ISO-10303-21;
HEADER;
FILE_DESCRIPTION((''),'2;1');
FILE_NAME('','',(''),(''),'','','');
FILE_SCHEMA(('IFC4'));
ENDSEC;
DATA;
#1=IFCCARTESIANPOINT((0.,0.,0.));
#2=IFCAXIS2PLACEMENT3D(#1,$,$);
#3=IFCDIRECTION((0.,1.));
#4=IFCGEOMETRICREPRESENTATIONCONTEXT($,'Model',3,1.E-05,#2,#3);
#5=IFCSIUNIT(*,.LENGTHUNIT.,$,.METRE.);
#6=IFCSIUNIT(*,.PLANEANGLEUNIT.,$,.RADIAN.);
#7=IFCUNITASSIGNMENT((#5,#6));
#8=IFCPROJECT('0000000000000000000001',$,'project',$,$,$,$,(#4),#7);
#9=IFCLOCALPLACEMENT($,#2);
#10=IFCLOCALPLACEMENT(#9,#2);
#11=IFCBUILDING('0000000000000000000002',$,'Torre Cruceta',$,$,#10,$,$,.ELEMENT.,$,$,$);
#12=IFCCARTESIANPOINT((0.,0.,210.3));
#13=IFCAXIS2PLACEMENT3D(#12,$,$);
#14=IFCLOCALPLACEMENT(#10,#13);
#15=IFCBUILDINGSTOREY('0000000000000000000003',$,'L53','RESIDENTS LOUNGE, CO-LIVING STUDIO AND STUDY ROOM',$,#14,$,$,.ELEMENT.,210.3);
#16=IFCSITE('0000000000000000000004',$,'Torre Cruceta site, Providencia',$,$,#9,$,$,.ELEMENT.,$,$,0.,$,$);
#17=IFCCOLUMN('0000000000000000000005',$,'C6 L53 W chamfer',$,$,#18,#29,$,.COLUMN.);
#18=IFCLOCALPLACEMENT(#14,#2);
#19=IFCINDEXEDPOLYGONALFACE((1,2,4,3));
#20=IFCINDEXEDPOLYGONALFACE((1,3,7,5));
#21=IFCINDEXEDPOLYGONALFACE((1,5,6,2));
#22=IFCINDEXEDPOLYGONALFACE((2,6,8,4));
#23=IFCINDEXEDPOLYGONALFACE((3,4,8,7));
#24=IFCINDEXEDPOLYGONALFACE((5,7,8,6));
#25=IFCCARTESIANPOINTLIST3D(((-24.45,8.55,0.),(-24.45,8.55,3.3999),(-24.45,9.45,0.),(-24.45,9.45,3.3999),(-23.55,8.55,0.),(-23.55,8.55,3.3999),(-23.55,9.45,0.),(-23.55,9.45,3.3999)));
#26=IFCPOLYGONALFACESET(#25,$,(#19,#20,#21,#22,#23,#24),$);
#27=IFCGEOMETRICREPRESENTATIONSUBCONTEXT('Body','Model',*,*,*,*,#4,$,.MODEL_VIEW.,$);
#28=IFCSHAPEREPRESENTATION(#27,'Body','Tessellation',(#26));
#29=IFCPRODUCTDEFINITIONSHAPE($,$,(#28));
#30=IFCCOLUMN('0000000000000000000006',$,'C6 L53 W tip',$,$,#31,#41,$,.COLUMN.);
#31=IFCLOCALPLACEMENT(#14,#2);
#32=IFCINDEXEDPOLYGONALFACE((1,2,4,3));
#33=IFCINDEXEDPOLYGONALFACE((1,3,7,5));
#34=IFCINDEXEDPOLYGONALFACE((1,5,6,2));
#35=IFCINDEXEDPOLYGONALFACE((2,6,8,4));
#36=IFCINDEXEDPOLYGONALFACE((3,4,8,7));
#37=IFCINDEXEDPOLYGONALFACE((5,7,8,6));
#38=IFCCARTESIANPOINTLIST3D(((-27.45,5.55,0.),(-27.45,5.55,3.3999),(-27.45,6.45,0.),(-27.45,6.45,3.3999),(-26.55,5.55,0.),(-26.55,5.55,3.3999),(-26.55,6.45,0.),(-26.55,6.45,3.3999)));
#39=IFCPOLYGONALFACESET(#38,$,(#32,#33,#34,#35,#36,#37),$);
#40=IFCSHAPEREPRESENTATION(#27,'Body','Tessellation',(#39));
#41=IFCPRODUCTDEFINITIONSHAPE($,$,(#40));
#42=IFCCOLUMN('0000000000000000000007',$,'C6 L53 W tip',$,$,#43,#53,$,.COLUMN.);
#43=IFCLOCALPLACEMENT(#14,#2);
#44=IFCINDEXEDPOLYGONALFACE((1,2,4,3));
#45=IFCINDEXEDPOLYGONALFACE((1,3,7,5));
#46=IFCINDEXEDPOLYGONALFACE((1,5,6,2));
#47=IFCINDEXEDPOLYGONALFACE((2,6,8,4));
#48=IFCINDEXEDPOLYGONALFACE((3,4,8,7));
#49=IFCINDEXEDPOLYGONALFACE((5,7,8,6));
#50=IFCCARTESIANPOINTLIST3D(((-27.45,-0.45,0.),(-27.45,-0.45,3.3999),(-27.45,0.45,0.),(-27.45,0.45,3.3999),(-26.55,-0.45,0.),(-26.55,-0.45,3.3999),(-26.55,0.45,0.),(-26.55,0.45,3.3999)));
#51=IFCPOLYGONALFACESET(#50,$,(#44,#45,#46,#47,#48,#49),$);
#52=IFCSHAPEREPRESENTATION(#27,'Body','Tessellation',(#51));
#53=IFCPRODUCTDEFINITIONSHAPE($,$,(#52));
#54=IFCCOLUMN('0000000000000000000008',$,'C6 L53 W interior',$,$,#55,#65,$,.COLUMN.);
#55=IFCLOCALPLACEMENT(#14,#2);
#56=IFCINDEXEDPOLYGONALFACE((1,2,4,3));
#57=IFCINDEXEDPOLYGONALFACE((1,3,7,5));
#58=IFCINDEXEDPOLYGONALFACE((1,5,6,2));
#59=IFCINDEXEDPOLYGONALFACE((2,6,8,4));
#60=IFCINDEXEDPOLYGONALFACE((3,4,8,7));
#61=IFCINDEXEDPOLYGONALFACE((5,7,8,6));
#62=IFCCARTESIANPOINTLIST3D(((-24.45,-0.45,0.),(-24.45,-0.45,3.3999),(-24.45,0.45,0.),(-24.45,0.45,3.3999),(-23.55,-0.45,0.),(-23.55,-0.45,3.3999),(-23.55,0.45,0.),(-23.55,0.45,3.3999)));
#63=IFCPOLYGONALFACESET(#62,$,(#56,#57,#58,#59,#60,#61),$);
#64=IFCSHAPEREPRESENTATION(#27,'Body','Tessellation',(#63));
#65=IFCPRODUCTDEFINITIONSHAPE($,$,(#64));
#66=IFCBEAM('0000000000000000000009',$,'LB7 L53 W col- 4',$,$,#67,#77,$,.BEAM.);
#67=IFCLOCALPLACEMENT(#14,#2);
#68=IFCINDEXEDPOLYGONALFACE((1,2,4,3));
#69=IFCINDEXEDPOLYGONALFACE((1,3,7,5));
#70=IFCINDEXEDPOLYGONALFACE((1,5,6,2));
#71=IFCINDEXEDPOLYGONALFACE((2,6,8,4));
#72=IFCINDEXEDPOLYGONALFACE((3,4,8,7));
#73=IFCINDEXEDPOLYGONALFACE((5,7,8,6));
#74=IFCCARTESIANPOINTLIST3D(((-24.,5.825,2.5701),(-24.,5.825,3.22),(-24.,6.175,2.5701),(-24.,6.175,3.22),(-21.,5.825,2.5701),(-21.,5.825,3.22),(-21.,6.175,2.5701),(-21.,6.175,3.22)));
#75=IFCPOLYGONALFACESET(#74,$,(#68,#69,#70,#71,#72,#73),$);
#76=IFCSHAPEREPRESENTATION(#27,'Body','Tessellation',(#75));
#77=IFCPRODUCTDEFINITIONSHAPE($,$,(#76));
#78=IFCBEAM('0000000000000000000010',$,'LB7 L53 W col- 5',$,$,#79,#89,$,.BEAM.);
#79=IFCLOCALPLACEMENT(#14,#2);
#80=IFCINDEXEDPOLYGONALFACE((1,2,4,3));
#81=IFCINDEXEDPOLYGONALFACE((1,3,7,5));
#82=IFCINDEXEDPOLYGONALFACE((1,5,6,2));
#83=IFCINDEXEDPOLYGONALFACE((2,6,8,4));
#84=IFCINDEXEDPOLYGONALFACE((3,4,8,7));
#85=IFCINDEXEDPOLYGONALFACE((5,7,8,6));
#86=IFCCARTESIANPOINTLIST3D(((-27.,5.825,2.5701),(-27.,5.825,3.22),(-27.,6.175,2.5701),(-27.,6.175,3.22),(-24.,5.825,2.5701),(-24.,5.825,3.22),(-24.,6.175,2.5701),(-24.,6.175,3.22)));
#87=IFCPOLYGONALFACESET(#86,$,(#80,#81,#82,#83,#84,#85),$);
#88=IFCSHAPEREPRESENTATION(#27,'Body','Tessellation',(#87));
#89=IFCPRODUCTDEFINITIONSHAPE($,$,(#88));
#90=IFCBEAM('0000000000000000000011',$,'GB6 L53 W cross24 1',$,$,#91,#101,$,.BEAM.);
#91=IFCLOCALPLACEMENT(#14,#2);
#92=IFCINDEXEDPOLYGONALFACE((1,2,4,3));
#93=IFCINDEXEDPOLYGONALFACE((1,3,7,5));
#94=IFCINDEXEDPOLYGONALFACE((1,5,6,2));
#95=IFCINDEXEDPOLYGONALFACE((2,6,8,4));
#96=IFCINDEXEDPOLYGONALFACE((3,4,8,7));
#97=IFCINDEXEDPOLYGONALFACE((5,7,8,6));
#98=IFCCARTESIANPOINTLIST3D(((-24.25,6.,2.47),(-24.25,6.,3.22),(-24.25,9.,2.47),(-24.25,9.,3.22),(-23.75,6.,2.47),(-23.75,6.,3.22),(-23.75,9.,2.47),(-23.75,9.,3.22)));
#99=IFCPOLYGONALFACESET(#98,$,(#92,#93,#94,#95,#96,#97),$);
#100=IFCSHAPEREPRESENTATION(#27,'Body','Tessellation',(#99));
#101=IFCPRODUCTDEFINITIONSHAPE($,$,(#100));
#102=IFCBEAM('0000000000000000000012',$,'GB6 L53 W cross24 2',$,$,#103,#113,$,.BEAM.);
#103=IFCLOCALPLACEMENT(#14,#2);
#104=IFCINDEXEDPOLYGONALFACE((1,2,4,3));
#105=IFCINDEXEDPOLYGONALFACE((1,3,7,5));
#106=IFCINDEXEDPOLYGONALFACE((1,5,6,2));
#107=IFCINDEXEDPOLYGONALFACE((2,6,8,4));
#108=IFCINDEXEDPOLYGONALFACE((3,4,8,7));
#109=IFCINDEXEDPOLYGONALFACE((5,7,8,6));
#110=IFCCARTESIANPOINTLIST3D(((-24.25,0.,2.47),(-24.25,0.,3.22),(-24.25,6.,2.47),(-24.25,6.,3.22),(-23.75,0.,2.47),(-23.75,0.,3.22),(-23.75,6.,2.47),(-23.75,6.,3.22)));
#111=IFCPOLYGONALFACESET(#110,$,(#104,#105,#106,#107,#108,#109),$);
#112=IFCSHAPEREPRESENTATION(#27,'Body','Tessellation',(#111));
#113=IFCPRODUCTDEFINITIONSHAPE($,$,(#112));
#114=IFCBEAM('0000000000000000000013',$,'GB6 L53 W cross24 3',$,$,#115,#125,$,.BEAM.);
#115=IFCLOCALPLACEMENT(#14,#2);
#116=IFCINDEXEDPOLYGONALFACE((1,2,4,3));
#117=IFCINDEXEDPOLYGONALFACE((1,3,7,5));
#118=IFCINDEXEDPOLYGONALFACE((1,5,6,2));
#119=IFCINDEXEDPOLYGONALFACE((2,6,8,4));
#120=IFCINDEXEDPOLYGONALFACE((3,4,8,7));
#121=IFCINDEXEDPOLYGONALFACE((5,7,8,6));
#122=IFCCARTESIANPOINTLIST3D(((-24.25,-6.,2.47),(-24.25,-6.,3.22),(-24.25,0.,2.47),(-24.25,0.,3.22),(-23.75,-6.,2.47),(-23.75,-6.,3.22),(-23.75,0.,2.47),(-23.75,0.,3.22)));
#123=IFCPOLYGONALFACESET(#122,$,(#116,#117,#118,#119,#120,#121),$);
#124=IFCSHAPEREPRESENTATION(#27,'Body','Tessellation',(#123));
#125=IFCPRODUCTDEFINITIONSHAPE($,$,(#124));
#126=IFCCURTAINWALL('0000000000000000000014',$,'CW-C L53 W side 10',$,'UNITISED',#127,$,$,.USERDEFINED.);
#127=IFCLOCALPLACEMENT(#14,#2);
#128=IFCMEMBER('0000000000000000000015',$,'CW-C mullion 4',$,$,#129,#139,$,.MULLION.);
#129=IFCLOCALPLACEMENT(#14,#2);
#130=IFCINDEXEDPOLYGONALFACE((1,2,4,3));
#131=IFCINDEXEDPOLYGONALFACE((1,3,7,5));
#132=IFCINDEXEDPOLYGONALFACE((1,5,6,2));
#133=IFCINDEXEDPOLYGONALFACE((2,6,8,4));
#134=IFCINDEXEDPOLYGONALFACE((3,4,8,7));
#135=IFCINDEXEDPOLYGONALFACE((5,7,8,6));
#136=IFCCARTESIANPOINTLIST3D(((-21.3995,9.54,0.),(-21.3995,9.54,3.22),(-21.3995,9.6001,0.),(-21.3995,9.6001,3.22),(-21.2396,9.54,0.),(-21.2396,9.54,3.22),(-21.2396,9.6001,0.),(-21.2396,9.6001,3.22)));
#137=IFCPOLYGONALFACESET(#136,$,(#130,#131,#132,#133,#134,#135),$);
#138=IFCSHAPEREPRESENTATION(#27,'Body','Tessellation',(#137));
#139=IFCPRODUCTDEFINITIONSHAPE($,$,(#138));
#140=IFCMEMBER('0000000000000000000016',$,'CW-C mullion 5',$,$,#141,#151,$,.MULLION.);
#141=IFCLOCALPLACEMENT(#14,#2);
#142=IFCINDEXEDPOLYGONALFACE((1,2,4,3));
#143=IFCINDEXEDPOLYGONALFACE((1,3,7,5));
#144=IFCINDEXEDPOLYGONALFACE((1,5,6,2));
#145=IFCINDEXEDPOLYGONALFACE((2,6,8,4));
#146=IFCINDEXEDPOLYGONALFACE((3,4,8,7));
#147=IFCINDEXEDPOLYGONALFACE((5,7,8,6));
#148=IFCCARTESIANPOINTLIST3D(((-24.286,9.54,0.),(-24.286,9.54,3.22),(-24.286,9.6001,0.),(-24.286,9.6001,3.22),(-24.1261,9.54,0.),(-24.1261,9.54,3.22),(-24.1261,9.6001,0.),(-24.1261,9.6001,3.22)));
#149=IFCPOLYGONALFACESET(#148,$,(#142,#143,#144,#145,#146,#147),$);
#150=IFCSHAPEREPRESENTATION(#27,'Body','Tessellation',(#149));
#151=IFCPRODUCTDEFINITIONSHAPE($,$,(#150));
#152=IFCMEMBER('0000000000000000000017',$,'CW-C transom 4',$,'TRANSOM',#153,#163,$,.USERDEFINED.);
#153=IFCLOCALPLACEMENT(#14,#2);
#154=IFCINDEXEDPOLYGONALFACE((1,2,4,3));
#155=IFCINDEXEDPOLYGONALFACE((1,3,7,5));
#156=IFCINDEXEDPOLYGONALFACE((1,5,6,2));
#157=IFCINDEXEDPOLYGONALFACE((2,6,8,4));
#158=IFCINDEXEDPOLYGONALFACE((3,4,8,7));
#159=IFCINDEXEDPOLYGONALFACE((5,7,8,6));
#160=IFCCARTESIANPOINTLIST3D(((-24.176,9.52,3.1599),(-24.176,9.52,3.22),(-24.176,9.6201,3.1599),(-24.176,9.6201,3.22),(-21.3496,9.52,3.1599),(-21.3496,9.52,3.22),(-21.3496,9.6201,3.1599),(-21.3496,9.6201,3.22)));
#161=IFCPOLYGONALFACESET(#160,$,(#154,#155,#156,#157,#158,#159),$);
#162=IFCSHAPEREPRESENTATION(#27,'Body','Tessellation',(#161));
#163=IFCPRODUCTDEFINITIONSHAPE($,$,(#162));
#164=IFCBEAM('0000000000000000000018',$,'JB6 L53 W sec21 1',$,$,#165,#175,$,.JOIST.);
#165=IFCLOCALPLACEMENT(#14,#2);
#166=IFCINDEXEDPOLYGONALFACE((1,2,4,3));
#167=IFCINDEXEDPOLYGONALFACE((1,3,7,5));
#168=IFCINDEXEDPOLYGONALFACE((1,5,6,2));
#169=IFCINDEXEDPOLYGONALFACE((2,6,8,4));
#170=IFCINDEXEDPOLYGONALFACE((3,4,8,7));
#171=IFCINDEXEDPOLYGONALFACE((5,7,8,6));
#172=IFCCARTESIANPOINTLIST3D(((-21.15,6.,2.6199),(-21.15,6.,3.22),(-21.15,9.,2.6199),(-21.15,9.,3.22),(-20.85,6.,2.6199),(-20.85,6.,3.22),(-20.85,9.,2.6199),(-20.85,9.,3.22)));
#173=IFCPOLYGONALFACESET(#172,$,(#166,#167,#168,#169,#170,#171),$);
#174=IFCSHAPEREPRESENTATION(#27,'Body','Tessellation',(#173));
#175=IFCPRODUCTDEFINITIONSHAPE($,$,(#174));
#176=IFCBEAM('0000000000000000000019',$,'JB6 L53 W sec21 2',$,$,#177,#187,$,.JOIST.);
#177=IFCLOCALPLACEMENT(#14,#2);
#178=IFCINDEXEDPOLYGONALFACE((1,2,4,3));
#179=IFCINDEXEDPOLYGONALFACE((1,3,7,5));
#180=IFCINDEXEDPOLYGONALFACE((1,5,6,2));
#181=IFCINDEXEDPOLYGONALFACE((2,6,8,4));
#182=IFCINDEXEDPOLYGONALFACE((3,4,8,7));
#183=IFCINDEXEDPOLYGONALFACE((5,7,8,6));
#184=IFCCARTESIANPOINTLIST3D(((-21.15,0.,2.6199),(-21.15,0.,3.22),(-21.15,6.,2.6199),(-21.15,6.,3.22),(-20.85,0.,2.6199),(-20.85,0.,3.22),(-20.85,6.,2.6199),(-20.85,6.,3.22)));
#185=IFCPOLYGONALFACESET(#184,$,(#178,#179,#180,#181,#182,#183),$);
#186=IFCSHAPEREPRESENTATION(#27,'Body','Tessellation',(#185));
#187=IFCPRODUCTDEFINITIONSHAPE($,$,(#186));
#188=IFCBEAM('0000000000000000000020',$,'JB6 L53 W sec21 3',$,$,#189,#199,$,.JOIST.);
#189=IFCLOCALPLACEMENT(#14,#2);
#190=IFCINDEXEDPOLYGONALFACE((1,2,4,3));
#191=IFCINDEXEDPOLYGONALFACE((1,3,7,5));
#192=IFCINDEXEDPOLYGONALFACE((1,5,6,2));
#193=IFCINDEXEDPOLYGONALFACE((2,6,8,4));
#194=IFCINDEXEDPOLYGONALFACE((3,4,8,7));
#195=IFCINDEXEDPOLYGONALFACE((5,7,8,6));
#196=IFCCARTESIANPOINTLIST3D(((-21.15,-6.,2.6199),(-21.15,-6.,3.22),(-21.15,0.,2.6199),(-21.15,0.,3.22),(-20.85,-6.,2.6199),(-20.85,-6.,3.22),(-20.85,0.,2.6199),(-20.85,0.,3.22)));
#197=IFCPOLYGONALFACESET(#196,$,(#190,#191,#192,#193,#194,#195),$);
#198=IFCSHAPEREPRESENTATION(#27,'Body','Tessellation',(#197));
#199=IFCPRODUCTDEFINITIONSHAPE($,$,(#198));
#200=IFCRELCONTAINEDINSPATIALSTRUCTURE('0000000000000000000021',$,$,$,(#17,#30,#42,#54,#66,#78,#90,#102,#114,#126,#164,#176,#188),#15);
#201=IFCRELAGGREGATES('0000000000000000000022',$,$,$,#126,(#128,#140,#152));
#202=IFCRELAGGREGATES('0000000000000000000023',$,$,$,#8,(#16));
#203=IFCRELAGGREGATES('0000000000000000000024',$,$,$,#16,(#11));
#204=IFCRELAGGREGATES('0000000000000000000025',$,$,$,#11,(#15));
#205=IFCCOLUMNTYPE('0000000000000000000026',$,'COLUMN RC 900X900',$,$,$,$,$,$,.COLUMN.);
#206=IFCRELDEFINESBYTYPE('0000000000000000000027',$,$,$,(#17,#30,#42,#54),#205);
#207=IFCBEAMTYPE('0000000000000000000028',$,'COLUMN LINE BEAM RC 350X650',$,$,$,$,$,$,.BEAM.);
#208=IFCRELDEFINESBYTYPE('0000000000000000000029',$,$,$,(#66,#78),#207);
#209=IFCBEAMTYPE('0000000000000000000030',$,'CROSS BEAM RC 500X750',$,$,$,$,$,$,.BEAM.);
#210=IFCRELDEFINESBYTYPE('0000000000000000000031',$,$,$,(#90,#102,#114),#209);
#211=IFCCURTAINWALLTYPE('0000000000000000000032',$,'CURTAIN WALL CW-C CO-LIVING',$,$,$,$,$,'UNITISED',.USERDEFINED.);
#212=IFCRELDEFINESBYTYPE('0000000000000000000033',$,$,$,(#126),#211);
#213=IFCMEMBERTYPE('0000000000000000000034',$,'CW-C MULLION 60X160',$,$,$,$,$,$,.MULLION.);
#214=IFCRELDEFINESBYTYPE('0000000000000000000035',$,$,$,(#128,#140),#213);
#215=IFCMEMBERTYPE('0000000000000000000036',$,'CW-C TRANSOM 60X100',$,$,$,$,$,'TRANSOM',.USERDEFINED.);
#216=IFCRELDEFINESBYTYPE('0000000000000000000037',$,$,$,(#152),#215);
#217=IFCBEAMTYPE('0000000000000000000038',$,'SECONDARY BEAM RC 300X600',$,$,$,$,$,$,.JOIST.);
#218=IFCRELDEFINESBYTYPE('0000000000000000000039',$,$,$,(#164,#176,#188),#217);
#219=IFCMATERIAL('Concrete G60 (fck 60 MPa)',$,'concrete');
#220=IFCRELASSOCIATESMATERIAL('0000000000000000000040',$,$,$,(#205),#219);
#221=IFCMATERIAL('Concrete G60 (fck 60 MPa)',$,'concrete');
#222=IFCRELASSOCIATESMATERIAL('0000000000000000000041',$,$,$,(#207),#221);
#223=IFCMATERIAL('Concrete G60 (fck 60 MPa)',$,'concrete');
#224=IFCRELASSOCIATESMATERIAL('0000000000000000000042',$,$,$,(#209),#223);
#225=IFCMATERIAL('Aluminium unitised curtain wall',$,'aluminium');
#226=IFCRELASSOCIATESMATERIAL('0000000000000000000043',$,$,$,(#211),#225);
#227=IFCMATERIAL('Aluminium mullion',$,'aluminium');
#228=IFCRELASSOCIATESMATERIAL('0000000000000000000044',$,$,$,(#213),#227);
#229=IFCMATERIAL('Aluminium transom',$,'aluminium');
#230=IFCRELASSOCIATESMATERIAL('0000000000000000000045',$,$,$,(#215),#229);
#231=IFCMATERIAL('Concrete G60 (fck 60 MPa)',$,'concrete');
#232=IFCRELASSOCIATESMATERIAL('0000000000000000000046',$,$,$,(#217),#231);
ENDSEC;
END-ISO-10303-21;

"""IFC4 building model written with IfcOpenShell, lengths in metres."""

from ifc_helpers import new_model, si_unit, direction, frame, origin, origin_2d, place, context, subcontext, project, spatial, rectangle, extrude, material, material_profile, profile_set, type_object, element, aggregate, save


model = new_model("IFC4")

# Units and contexts
model_context = context("Model", 3, precision=1e-05, world=origin(), true_north=direction((0.0, 1.0)))
body_context = subcontext(model_context, "Body", "Model", "MODEL_VIEW")
ifc_project = project(units=[si_unit("LENGTHUNIT", "METRE"), si_unit("PLANEANGLEUNIT", "RADIAN")], contexts=[model_context])

# Site, building, storey
site_placement = place(None, origin())
site = spatial("IfcSite", under=ifc_project, at=site_placement, Name="Torre Cruceta site, Providencia", CompositionType="ELEMENT", RefElevation=0.0)
building_placement = place(site_placement, origin())
building = spatial("IfcBuilding", under=site, at=building_placement, Name="Torre Cruceta", CompositionType="ELEMENT")
storey_placement = place(building_placement, frame((0.0, 0.0, 210.3)))
storey = spatial("IfcBuildingStorey", under=building, at=storey_placement, Name="L53", Description="RESIDENTS LOUNGE, CO-LIVING STUDIO AND STUDY ROOM", CompositionType="ELEMENT", Elevation=210.3)

# Columns
ifc_material_1 = material(Name="Concrete G60 (fck 60 MPa)", Category="concrete")
ifc_material_profile_1 = material_profile(ifc_material_1, rectangle(XDim=0.8999, YDim=0.8999, at=origin_2d()), Name="RC 900X900")
ifc_profile_set_1 = profile_set([ifc_material_profile_1], Name="Concrete G60 (fck 60 MPa)")
column_type = type_object("IfcColumnType", Name="COLUMN RC 900X900", PredefinedType="COLUMN", material=ifc_profile_set_1)
for number, where, z_axis, x_axis, name in (
    (1, (-24.0, 9.0, 0.0), (0.0, 0.0, 1.0), (1.0, 0.0, 0.0), "C6 L53 W chamfer"),
    (2, (-27.0, 6.0, 0.0), (0.0, 0.0, 1.0), (1.0, 0.0, 0.0), "C6 L53 W tip"),
    (3, (-27.0, 0.0, 0.0), (0.0, 0.0, 1.0), (1.0, 0.0, 0.0), "C6 L53 W tip"),
    (4, (-24.0, 0.0, 0.0), (0.0, 0.0, 1.0), (1.0, 0.0, 0.0), "C6 L53 W interior"),
):
    element("IfcColumn", number, at=place(storey_placement, frame(where, z_axis=z_axis, x_axis=x_axis)), inside=storey, type_object=column_type, Name=name, PredefinedType="COLUMN", context=body_context, shape_type="SweptSolid", body=[
        extrude(rectangle(XDim=0.8999, YDim=0.8999, at=origin_2d()), origin(), (0.0, 0.0, 1.0), 3.3999),
    ])

# Beams
ifc_material_2 = material(Name="Concrete G60 (fck 60 MPa)", Category="concrete")
ifc_material_profile_2 = material_profile(ifc_material_2, rectangle(XDim=0.3501, YDim=0.6499, at=origin_2d()), Name="RC 350X650")
ifc_profile_set_2 = profile_set([ifc_material_profile_2], Name="Concrete G60 (fck 60 MPa)")
beam_type_1 = type_object("IfcBeamType", Name="COLUMN LINE BEAM RC 350X650", PredefinedType="BEAM", material=ifc_profile_set_2)
for number, where, z_axis, x_axis, name in (
    (5, (-21.0, 6.0, 2.895), (-1.0, 0.0, 0.0), (0.0, -1.0, 0.0), "LB7 L53 W col- 4"),
    (6, (-24.0, 6.0, 2.895), (-1.0, 0.0, 0.0), (0.0, -1.0, 0.0), "LB7 L53 W col- 5"),
):
    element("IfcBeam", number, at=place(storey_placement, frame(where, z_axis=z_axis, x_axis=x_axis)), inside=storey, type_object=beam_type_1, Name=name, PredefinedType="BEAM", context=body_context, shape_type="SweptSolid", body=[
        extrude(rectangle(XDim=0.3501, YDim=0.6499, at=origin_2d()), origin(), (0.0, 0.0, 1.0), 3.0),
    ])
ifc_material_3 = material(Name="Concrete G60 (fck 60 MPa)", Category="concrete")
ifc_material_profile_3 = material_profile(ifc_material_3, rectangle(XDim=0.5, YDim=0.75, at=origin_2d()), Name="RC 500X750")
ifc_profile_set_3 = profile_set([ifc_material_profile_3], Name="Concrete G60 (fck 60 MPa)")
beam_type_2 = type_object("IfcBeamType", Name="CROSS BEAM RC 500X750", PredefinedType="BEAM", material=ifc_profile_set_3)
beam_1_placement = place(storey_placement, frame((-24.0, 9.0, 2.845), z_axis=(0.0, -1.0, 0.0), x_axis=(1.0, 0.0, 0.0)))
element("IfcBeam", 7, at=beam_1_placement, inside=storey, type_object=beam_type_2, Name="GB6 L53 W cross24 1", PredefinedType="BEAM", context=body_context, shape_type="SweptSolid", body=[
    extrude(rectangle(XDim=0.5, YDim=0.75, at=origin_2d()), origin(), (0.0, 0.0, 1.0), 3.0),
])
for number, where, z_axis, x_axis, name in (
    (8, (-24.0, 6.0, 2.845), (0.0, -1.0, 0.0), (1.0, 0.0, 0.0), "GB6 L53 W cross24 2"),
    (9, (-24.0, 0.0, 2.845), (0.0, -1.0, 0.0), (1.0, 0.0, 0.0), "GB6 L53 W cross24 3"),
):
    element("IfcBeam", number, at=place(storey_placement, frame(where, z_axis=z_axis, x_axis=x_axis)), inside=storey, type_object=beam_type_2, Name=name, PredefinedType="BEAM", context=body_context, shape_type="SweptSolid", body=[
        extrude(rectangle(XDim=0.5, YDim=0.75, at=origin_2d()), origin(), (0.0, 0.0, 1.0), 6.0),
    ])

# Curtain wall, members
ifc_material_4 = material(Name="Aluminium unitised curtain wall", Category="aluminium")
curtain_wall_type = type_object("IfcCurtainWallType", Name="CURTAIN WALL CW-C CO-LIVING", ElementType="UNITISED", PredefinedType="USERDEFINED", material=ifc_material_4)
curtain_wall_placement = place(storey_placement, origin())
curtain_wall = element("IfcCurtainWall", 10, at=curtain_wall_placement, inside=storey, type_object=curtain_wall_type, Name="CW-C L53 W side 10", ObjectType="UNITISED", PredefinedType="USERDEFINED")
ifc_material_5 = material(Name="Aluminium mullion", Category="aluminium")
ifc_material_profile_4 = material_profile(ifc_material_5, rectangle(XDim=0.0601, YDim=0.1599, at=origin_2d()), Name="AL 60X160")
ifc_profile_set_4 = profile_set([ifc_material_profile_4], Name="Aluminium mullion")
member_type_1 = type_object("IfcMemberType", Name="CW-C MULLION 60X160", PredefinedType="MULLION", material=ifc_profile_set_4)
member_1_placement = place(storey_placement, frame((-21.3196, 9.5701, 0.0), z_axis=(0.0, 0.0, 1.0), x_axis=(0.0, -1.0, 0.0)))
member_1 = element("IfcMember", 11, at=member_1_placement, type_object=member_type_1, Name="CW-C mullion 4", PredefinedType="MULLION", context=body_context, shape_type="SweptSolid", body=[
    extrude(rectangle(XDim=0.0601, YDim=0.1599, at=origin_2d()), origin(), (0.0, 0.0, 1.0), 3.22),
])
member_2_placement = place(storey_placement, frame((-24.2061, 9.5701, 0.0), z_axis=(0.0, 0.0, 1.0), x_axis=(0.0, -1.0, 0.0)))
member_2 = element("IfcMember", 12, at=member_2_placement, type_object=member_type_1, Name="CW-C mullion 5", PredefinedType="MULLION", context=body_context, shape_type="SweptSolid", body=[
    extrude(rectangle(XDim=0.0601, YDim=0.1599, at=origin_2d()), origin(), (0.0, 0.0, 1.0), 3.22),
])
ifc_material_6 = material(Name="Aluminium transom", Category="aluminium")
ifc_material_profile_5 = material_profile(ifc_material_6, rectangle(XDim=0.1001, YDim=0.0601, at=origin_2d()), Name="AL 100X60")
ifc_profile_set_5 = profile_set([ifc_material_profile_5], Name="Aluminium transom")
member_type_2 = type_object("IfcMemberType", Name="CW-C TRANSOM 60X100", ElementType="TRANSOM", PredefinedType="USERDEFINED", material=ifc_profile_set_5)
member_3_placement = place(storey_placement, frame((-21.3496, 9.5701, 3.1899), z_axis=(-1.0, 0.0, 0.0), x_axis=(0.0, -1.0, 0.0)))
member_3 = element("IfcMember", 13, at=member_3_placement, type_object=member_type_2, Name="CW-C transom 4", ObjectType="TRANSOM", PredefinedType="USERDEFINED", context=body_context, shape_type="SweptSolid", body=[
    extrude(rectangle(XDim=0.1001, YDim=0.0601, at=origin_2d()), origin(), (0.0, 0.0, 1.0), 2.8264),
])

# Beams
ifc_material_7 = material(Name="Concrete G60 (fck 60 MPa)", Category="concrete")
ifc_material_profile_6 = material_profile(ifc_material_7, rectangle(XDim=0.3, YDim=0.6001, at=origin_2d()), Name="RC 300X600")
ifc_profile_set_6 = profile_set([ifc_material_profile_6], Name="Concrete G60 (fck 60 MPa)")
beam_type_3 = type_object("IfcBeamType", Name="SECONDARY BEAM RC 300X600", PredefinedType="JOIST", material=ifc_profile_set_6)
beam_2_placement = place(storey_placement, frame((-21.0, 9.0, 2.9199), z_axis=(0.0, -1.0, 0.0), x_axis=(1.0, 0.0, 0.0)))
element("IfcBeam", 14, at=beam_2_placement, inside=storey, type_object=beam_type_3, Name="JB6 L53 W sec21 1", PredefinedType="JOIST", context=body_context, shape_type="SweptSolid", body=[
    extrude(rectangle(XDim=0.3, YDim=0.6001, at=origin_2d()), origin(), (0.0, 0.0, 1.0), 3.0),
])
for number, where, z_axis, x_axis, name in (
    (15, (-21.0, 6.0, 2.9199), (0.0, -1.0, 0.0), (1.0, 0.0, 0.0), "JB6 L53 W sec21 2"),
    (16, (-21.0, 0.0, 2.9199), (0.0, -1.0, 0.0), (1.0, 0.0, 0.0), "JB6 L53 W sec21 3"),
):
    element("IfcBeam", number, at=place(storey_placement, frame(where, z_axis=z_axis, x_axis=x_axis)), inside=storey, type_object=beam_type_3, Name=name, PredefinedType="JOIST", context=body_context, shape_type="SweptSolid", body=[
        extrude(rectangle(XDim=0.3, YDim=0.6001, at=origin_2d()), origin(), (0.0, 0.0, 1.0), 6.0),
    ])

aggregate(curtain_wall, [member_1, member_2, member_3])

save(model, "model.ifc")
